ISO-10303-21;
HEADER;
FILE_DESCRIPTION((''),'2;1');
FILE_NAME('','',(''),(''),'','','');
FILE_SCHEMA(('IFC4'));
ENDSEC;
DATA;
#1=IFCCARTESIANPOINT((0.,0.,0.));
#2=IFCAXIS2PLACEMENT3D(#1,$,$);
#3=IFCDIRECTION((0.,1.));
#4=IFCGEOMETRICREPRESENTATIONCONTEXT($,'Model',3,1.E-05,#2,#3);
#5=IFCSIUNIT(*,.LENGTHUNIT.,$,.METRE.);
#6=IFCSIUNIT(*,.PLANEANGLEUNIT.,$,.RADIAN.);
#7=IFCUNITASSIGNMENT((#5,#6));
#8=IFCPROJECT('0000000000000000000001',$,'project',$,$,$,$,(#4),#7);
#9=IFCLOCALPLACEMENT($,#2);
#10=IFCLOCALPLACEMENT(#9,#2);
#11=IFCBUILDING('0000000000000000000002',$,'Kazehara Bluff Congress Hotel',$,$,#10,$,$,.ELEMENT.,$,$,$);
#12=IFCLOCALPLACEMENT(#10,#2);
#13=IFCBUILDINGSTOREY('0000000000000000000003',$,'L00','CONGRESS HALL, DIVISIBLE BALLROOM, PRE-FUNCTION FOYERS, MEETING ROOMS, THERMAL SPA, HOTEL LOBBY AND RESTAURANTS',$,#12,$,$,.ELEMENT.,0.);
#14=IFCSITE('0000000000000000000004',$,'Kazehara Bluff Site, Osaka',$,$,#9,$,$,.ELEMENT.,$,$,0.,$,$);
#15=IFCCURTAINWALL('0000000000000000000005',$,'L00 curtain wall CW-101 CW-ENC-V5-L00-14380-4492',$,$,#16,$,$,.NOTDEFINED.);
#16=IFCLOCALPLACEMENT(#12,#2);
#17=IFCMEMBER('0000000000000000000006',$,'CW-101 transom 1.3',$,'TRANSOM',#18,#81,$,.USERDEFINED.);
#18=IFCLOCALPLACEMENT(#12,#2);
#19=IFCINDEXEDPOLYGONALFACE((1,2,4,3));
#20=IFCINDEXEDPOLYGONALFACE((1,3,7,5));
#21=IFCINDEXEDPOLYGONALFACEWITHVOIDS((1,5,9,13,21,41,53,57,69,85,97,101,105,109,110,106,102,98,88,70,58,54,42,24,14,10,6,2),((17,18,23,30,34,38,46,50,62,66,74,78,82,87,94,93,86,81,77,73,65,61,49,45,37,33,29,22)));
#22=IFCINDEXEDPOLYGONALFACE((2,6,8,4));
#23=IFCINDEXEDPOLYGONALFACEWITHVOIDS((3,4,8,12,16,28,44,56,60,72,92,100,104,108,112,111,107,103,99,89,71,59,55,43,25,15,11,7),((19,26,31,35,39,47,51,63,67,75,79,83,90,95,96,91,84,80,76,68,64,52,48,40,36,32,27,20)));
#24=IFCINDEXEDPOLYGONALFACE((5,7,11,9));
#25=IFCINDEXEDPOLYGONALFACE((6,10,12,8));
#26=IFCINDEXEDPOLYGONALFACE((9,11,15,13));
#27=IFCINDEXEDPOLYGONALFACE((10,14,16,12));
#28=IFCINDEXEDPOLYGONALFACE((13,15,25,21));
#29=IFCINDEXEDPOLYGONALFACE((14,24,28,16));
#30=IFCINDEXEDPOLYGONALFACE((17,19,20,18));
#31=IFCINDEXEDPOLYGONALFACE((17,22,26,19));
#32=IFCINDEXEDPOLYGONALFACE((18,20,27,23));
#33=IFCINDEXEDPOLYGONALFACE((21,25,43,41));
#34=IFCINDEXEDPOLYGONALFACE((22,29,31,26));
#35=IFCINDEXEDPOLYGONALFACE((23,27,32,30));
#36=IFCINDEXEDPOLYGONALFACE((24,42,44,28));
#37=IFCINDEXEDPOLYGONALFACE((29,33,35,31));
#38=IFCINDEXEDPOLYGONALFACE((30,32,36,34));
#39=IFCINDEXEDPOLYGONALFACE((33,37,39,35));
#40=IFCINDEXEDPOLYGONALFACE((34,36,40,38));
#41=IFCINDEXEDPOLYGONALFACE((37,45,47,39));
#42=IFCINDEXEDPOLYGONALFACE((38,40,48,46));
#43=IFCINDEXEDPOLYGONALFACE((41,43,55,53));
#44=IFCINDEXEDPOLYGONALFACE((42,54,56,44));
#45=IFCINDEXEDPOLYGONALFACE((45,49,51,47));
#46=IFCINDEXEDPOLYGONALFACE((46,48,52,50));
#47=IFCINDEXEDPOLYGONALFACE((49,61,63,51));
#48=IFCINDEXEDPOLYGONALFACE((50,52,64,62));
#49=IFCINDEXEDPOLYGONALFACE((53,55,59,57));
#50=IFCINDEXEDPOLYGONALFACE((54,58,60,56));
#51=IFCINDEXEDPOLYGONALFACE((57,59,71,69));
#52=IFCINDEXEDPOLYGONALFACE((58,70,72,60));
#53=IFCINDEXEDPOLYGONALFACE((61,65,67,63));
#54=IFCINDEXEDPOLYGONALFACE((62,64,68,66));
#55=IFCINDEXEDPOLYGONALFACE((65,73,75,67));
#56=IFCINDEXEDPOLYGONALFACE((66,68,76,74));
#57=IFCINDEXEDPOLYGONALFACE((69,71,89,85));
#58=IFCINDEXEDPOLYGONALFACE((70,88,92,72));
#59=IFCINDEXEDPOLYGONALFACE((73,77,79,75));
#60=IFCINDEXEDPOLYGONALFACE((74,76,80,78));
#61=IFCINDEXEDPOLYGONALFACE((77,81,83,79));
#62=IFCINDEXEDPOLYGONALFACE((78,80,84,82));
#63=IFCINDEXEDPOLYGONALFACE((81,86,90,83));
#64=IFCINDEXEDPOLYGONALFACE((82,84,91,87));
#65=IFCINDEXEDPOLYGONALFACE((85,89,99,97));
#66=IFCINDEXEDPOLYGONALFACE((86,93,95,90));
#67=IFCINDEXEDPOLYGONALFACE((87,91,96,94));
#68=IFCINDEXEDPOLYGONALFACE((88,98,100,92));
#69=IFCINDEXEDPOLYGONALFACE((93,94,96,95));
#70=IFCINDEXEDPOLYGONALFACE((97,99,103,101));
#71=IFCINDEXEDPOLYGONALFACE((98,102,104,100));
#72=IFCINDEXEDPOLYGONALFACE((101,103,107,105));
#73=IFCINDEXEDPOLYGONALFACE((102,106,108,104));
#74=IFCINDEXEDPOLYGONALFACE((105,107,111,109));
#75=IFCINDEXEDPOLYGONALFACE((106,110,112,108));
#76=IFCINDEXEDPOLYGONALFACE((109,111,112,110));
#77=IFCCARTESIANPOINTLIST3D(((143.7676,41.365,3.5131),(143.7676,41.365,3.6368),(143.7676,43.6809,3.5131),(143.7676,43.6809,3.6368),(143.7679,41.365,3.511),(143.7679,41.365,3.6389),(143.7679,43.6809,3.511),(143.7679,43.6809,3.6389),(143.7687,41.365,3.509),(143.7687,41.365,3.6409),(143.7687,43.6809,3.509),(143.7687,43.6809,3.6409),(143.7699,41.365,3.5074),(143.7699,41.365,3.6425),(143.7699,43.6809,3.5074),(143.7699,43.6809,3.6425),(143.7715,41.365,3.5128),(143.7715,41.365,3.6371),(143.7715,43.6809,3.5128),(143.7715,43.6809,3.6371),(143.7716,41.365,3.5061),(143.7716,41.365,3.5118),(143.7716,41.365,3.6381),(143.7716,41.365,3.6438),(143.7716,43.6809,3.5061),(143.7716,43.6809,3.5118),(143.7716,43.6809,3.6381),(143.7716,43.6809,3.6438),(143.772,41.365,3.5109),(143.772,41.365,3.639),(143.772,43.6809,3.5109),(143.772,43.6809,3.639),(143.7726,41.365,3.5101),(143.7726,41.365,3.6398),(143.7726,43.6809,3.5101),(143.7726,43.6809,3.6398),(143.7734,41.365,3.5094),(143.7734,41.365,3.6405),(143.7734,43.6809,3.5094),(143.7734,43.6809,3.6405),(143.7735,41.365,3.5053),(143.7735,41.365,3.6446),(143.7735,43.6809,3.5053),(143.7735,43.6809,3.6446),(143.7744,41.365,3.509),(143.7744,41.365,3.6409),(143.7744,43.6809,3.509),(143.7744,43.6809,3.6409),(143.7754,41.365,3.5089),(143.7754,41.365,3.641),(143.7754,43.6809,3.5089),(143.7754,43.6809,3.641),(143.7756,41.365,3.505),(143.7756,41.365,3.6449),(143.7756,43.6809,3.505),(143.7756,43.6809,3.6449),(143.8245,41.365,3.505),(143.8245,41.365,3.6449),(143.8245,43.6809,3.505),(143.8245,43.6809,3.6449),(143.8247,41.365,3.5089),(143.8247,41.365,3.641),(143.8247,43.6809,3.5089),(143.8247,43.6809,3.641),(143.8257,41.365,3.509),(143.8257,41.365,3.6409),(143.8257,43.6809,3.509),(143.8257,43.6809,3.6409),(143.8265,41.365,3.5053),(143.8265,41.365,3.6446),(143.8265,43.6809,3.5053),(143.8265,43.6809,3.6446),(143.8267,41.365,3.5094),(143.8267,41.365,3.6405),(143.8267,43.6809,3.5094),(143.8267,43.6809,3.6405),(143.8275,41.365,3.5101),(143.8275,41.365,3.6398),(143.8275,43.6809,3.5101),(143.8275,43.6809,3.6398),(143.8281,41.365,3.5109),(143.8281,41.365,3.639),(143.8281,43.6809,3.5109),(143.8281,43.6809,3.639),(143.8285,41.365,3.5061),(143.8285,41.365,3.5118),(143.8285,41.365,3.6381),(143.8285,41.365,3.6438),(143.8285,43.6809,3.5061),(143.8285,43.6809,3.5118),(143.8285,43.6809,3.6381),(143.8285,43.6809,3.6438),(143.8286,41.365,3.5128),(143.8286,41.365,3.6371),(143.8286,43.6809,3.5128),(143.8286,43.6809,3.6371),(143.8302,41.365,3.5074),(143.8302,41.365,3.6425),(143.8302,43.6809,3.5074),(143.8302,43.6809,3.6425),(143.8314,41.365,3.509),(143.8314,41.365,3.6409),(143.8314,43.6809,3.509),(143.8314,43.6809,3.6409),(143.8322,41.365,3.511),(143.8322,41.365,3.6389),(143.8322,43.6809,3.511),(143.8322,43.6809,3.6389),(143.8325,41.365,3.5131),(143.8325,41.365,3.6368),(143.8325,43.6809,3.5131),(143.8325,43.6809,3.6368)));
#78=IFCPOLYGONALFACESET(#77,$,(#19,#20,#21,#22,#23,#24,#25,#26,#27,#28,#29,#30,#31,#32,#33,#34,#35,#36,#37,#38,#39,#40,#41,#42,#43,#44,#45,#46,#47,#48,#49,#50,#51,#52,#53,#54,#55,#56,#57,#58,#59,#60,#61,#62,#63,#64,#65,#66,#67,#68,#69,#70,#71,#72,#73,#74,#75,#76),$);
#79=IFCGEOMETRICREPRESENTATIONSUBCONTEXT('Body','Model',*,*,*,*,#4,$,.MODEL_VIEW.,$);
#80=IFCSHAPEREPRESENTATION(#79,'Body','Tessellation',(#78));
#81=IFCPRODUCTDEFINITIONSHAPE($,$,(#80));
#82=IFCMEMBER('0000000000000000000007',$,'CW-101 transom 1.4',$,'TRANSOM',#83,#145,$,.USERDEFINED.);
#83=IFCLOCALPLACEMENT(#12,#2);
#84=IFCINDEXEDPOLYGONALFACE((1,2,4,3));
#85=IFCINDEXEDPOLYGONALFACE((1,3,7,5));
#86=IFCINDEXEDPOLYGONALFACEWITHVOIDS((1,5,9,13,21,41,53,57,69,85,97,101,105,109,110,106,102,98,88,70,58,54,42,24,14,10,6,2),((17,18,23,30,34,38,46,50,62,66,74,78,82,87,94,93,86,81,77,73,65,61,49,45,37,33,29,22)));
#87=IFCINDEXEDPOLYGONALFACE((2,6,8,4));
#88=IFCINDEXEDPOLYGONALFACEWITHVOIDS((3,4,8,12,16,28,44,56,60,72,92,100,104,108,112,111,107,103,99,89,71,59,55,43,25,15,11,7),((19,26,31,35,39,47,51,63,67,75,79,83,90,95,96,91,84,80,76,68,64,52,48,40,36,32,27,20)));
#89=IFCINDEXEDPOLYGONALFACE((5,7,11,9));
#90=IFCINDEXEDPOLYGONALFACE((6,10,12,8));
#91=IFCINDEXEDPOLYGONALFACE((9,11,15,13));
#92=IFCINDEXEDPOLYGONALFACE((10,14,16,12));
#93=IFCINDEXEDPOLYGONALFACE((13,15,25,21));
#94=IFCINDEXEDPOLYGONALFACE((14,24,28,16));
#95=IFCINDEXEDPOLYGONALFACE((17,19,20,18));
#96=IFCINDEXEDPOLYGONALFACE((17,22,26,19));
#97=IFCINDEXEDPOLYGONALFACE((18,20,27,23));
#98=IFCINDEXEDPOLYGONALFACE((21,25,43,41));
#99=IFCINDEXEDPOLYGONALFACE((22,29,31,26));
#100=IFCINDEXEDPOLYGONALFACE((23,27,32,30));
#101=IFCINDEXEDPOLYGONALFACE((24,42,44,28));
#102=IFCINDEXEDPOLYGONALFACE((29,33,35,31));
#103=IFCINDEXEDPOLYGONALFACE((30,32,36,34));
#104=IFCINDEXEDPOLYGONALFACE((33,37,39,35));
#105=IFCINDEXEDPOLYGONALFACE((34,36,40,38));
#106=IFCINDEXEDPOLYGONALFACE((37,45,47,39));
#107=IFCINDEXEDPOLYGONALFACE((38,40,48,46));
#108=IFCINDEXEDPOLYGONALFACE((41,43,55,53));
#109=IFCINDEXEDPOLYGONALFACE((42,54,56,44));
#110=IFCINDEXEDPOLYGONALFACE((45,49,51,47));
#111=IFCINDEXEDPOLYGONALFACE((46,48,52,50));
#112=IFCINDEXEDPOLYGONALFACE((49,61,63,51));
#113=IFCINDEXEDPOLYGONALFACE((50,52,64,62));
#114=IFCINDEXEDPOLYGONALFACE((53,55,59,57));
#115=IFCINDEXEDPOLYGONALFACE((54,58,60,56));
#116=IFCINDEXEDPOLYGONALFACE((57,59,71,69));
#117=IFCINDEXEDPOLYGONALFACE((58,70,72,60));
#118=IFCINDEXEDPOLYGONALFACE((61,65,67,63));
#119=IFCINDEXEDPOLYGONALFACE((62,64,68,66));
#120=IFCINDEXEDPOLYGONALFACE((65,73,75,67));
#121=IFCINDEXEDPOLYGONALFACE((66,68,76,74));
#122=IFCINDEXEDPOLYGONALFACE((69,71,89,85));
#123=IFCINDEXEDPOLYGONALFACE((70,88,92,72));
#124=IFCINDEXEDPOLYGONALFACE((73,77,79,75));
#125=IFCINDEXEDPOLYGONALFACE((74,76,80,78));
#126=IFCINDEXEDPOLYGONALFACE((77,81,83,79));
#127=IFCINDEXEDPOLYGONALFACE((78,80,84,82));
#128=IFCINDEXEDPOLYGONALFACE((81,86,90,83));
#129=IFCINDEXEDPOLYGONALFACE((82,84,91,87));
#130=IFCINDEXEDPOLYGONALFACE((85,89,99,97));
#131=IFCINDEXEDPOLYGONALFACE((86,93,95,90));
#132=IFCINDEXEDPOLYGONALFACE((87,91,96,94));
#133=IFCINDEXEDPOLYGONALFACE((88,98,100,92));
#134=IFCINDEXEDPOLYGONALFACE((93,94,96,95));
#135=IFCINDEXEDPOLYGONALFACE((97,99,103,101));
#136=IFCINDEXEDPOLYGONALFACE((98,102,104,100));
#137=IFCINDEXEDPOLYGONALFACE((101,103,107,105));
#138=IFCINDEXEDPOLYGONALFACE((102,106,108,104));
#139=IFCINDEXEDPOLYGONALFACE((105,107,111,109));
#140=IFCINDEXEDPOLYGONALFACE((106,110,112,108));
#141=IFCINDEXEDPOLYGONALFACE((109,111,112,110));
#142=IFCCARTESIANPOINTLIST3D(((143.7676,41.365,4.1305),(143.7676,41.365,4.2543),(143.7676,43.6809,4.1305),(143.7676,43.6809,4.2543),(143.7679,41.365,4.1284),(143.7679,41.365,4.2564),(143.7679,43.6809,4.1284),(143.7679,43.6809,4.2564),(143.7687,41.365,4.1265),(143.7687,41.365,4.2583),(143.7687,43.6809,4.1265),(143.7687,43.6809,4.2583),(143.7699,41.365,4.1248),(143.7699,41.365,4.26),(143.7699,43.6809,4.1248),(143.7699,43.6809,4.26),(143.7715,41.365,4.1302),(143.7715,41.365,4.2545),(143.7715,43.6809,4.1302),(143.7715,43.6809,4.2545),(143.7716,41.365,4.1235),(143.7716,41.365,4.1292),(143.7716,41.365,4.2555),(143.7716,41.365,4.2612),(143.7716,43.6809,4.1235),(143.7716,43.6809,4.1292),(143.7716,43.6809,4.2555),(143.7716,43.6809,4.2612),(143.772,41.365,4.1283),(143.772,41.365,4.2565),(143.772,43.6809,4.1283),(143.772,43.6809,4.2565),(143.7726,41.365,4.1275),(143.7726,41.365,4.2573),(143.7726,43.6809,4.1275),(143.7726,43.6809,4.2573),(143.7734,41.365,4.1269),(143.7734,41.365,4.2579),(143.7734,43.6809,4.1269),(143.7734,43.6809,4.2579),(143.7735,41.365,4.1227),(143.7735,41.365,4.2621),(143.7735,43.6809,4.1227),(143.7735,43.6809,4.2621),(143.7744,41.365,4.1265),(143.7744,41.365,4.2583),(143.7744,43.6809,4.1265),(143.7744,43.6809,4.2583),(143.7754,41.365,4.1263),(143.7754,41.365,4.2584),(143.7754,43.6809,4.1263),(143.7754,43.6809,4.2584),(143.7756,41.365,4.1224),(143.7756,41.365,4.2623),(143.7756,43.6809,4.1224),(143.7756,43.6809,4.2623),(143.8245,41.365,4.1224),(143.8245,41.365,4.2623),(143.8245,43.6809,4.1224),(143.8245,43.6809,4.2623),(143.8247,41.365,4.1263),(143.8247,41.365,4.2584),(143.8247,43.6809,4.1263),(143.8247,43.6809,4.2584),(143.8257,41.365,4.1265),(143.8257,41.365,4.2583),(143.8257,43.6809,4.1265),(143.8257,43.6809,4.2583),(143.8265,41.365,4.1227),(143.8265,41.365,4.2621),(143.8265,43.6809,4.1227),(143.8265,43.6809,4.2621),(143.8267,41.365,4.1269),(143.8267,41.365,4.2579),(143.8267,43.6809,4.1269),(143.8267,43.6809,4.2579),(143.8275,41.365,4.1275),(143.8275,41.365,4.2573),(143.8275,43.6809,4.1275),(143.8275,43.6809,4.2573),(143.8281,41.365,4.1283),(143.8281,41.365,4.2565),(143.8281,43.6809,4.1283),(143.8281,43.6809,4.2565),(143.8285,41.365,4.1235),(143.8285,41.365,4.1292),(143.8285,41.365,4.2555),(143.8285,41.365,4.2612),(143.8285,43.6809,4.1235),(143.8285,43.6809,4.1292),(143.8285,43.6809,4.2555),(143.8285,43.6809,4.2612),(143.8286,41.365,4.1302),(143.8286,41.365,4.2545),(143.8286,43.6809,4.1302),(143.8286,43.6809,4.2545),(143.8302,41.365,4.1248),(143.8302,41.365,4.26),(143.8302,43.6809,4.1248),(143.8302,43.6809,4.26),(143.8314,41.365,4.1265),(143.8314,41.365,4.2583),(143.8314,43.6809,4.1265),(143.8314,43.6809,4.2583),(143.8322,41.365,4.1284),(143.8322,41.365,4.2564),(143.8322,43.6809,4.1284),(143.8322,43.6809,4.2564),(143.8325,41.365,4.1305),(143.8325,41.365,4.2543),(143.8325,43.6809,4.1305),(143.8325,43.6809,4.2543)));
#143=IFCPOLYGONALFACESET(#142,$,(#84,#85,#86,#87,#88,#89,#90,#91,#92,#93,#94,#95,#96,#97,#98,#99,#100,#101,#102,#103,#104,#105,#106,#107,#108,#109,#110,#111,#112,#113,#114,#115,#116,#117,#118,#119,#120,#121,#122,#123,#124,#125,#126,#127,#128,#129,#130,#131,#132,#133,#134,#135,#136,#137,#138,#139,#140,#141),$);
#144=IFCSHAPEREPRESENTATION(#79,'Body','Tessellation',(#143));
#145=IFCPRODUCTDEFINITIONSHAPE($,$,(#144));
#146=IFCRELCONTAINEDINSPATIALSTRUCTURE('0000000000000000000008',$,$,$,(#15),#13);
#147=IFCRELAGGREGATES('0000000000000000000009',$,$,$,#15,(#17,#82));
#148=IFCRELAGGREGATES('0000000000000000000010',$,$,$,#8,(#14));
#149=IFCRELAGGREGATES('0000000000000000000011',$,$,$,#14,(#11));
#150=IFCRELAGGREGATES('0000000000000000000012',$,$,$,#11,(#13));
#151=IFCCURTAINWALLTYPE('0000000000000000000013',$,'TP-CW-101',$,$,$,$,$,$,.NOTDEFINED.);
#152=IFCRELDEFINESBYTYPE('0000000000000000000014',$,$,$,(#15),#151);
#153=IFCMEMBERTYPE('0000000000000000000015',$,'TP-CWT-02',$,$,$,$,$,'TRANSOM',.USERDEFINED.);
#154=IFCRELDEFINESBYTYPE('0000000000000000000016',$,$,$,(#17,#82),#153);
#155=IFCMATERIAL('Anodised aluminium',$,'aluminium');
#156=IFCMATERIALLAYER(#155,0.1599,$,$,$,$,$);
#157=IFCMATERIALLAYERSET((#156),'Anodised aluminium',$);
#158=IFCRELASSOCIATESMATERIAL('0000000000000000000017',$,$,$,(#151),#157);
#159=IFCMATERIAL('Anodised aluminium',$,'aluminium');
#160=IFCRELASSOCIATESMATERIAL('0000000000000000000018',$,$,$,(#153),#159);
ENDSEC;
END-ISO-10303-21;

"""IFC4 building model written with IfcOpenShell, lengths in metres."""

from ifc_helpers import new_model, si_unit, direction, frame, origin, origin_2d, place, context, subcontext, project, spatial, hollow_rectangle, extrude, material, layer, layer_set, material_profile, profile_set, type_object, element, aggregate, save


model = new_model("IFC4")

# Units and contexts
model_context = context("Model", 3, precision=1e-05, world=origin(), true_north=direction((0.0, 1.0)))
body_context = subcontext(model_context, "Body", "Model", "MODEL_VIEW")
ifc_project = project(units=[si_unit("LENGTHUNIT", "METRE"), si_unit("PLANEANGLEUNIT", "RADIAN")], contexts=[model_context])

# Site, building, storey
site_placement = place(None, origin())
site = spatial("IfcSite", under=ifc_project, at=site_placement, Name="Kazehara Bluff Site, Osaka", CompositionType="ELEMENT", RefElevation=0.0)
building_placement = place(site_placement, origin())
building = spatial("IfcBuilding", under=site, at=building_placement, Name="Kazehara Bluff Congress Hotel", CompositionType="ELEMENT")
storey_placement = place(building_placement, origin())
storey = spatial("IfcBuildingStorey", under=building, at=storey_placement, Name="L00", Description="CONGRESS HALL, DIVISIBLE BALLROOM, PRE-FUNCTION FOYERS, MEETING ROOMS, THERMAL SPA, HOTEL LOBBY AND RESTAURANTS", CompositionType="ELEMENT", Elevation=0.0)

# Curtain wall
ifc_material_1 = material(Name="Anodised aluminium", Category="aluminium")
ifc_layer_1 = layer(ifc_material_1, 0.1599)
ifc_layer_set_1 = layer_set([ifc_layer_1], Name="Anodised aluminium")
curtain_wall_type_1 = type_object("IfcCurtainWallType", Name="TP-CW-101", PredefinedType="NOTDEFINED", material=ifc_layer_set_1)
curtain_wall_1_placement = place(storey_placement, origin())
curtain_wall_1 = element("IfcCurtainWall", 1, at=curtain_wall_1_placement, inside=storey, type_object=curtain_wall_type_1, Name="L00 curtain wall CW-101 CW-ENC-V5-L00-14380-4492", PredefinedType="NOTDEFINED")

# Members
ifc_material_2 = material(Name="Anodised aluminium", Category="aluminium")
ifc_material_profile_1 = material_profile(ifc_material_2, hollow_rectangle(XDim=0.0649, YDim=0.1399, WallThickness=0.0039, InnerFilletRadius=0.0039, OuterFilletRadius=0.0081, at=origin_2d()))
ifc_profile_set_1 = profile_set([ifc_material_profile_1], Name="Anodised aluminium")
member_type_1 = type_object("IfcMemberType", Name="TP-CWT-02", ElementType="TRANSOM", PredefinedType="USERDEFINED", material=ifc_profile_set_1)
member_1_placement = place(storey_placement, frame((143.8, 41.365, 3.575), z_axis=(0.0, 1.0, 0.0), x_axis=(-1.0, 0.0, 0.0)))
member_1 = element("IfcMember", 2, at=member_1_placement, type_object=member_type_1, Name="CW-101 transom 1.3", ObjectType="TRANSOM", PredefinedType="USERDEFINED", context=body_context, shape_type="SweptSolid", body=[
    extrude(hollow_rectangle(XDim=0.0649, YDim=0.1399, WallThickness=0.0039, InnerFilletRadius=0.0039, OuterFilletRadius=0.0081, at=origin_2d()), origin(), (0.0, 0.0, 1.0), 2.3159),
])
member_2_placement = place(storey_placement, frame((143.8, 41.365, 4.1924), z_axis=(0.0, 1.0, 0.0), x_axis=(-1.0, 0.0, 0.0)))
member_2 = element("IfcMember", 3, at=member_2_placement, type_object=member_type_1, Name="CW-101 transom 1.4", ObjectType="TRANSOM", PredefinedType="USERDEFINED", context=body_context, shape_type="SweptSolid", body=[
    extrude(hollow_rectangle(XDim=0.0649, YDim=0.1399, WallThickness=0.0039, InnerFilletRadius=0.0039, OuterFilletRadius=0.0081, at=origin_2d()), origin(), (0.0, 0.0, 1.0), 2.3159),
])

aggregate(curtain_wall_1, [member_1, member_2])

save(model, "model.ifc")
